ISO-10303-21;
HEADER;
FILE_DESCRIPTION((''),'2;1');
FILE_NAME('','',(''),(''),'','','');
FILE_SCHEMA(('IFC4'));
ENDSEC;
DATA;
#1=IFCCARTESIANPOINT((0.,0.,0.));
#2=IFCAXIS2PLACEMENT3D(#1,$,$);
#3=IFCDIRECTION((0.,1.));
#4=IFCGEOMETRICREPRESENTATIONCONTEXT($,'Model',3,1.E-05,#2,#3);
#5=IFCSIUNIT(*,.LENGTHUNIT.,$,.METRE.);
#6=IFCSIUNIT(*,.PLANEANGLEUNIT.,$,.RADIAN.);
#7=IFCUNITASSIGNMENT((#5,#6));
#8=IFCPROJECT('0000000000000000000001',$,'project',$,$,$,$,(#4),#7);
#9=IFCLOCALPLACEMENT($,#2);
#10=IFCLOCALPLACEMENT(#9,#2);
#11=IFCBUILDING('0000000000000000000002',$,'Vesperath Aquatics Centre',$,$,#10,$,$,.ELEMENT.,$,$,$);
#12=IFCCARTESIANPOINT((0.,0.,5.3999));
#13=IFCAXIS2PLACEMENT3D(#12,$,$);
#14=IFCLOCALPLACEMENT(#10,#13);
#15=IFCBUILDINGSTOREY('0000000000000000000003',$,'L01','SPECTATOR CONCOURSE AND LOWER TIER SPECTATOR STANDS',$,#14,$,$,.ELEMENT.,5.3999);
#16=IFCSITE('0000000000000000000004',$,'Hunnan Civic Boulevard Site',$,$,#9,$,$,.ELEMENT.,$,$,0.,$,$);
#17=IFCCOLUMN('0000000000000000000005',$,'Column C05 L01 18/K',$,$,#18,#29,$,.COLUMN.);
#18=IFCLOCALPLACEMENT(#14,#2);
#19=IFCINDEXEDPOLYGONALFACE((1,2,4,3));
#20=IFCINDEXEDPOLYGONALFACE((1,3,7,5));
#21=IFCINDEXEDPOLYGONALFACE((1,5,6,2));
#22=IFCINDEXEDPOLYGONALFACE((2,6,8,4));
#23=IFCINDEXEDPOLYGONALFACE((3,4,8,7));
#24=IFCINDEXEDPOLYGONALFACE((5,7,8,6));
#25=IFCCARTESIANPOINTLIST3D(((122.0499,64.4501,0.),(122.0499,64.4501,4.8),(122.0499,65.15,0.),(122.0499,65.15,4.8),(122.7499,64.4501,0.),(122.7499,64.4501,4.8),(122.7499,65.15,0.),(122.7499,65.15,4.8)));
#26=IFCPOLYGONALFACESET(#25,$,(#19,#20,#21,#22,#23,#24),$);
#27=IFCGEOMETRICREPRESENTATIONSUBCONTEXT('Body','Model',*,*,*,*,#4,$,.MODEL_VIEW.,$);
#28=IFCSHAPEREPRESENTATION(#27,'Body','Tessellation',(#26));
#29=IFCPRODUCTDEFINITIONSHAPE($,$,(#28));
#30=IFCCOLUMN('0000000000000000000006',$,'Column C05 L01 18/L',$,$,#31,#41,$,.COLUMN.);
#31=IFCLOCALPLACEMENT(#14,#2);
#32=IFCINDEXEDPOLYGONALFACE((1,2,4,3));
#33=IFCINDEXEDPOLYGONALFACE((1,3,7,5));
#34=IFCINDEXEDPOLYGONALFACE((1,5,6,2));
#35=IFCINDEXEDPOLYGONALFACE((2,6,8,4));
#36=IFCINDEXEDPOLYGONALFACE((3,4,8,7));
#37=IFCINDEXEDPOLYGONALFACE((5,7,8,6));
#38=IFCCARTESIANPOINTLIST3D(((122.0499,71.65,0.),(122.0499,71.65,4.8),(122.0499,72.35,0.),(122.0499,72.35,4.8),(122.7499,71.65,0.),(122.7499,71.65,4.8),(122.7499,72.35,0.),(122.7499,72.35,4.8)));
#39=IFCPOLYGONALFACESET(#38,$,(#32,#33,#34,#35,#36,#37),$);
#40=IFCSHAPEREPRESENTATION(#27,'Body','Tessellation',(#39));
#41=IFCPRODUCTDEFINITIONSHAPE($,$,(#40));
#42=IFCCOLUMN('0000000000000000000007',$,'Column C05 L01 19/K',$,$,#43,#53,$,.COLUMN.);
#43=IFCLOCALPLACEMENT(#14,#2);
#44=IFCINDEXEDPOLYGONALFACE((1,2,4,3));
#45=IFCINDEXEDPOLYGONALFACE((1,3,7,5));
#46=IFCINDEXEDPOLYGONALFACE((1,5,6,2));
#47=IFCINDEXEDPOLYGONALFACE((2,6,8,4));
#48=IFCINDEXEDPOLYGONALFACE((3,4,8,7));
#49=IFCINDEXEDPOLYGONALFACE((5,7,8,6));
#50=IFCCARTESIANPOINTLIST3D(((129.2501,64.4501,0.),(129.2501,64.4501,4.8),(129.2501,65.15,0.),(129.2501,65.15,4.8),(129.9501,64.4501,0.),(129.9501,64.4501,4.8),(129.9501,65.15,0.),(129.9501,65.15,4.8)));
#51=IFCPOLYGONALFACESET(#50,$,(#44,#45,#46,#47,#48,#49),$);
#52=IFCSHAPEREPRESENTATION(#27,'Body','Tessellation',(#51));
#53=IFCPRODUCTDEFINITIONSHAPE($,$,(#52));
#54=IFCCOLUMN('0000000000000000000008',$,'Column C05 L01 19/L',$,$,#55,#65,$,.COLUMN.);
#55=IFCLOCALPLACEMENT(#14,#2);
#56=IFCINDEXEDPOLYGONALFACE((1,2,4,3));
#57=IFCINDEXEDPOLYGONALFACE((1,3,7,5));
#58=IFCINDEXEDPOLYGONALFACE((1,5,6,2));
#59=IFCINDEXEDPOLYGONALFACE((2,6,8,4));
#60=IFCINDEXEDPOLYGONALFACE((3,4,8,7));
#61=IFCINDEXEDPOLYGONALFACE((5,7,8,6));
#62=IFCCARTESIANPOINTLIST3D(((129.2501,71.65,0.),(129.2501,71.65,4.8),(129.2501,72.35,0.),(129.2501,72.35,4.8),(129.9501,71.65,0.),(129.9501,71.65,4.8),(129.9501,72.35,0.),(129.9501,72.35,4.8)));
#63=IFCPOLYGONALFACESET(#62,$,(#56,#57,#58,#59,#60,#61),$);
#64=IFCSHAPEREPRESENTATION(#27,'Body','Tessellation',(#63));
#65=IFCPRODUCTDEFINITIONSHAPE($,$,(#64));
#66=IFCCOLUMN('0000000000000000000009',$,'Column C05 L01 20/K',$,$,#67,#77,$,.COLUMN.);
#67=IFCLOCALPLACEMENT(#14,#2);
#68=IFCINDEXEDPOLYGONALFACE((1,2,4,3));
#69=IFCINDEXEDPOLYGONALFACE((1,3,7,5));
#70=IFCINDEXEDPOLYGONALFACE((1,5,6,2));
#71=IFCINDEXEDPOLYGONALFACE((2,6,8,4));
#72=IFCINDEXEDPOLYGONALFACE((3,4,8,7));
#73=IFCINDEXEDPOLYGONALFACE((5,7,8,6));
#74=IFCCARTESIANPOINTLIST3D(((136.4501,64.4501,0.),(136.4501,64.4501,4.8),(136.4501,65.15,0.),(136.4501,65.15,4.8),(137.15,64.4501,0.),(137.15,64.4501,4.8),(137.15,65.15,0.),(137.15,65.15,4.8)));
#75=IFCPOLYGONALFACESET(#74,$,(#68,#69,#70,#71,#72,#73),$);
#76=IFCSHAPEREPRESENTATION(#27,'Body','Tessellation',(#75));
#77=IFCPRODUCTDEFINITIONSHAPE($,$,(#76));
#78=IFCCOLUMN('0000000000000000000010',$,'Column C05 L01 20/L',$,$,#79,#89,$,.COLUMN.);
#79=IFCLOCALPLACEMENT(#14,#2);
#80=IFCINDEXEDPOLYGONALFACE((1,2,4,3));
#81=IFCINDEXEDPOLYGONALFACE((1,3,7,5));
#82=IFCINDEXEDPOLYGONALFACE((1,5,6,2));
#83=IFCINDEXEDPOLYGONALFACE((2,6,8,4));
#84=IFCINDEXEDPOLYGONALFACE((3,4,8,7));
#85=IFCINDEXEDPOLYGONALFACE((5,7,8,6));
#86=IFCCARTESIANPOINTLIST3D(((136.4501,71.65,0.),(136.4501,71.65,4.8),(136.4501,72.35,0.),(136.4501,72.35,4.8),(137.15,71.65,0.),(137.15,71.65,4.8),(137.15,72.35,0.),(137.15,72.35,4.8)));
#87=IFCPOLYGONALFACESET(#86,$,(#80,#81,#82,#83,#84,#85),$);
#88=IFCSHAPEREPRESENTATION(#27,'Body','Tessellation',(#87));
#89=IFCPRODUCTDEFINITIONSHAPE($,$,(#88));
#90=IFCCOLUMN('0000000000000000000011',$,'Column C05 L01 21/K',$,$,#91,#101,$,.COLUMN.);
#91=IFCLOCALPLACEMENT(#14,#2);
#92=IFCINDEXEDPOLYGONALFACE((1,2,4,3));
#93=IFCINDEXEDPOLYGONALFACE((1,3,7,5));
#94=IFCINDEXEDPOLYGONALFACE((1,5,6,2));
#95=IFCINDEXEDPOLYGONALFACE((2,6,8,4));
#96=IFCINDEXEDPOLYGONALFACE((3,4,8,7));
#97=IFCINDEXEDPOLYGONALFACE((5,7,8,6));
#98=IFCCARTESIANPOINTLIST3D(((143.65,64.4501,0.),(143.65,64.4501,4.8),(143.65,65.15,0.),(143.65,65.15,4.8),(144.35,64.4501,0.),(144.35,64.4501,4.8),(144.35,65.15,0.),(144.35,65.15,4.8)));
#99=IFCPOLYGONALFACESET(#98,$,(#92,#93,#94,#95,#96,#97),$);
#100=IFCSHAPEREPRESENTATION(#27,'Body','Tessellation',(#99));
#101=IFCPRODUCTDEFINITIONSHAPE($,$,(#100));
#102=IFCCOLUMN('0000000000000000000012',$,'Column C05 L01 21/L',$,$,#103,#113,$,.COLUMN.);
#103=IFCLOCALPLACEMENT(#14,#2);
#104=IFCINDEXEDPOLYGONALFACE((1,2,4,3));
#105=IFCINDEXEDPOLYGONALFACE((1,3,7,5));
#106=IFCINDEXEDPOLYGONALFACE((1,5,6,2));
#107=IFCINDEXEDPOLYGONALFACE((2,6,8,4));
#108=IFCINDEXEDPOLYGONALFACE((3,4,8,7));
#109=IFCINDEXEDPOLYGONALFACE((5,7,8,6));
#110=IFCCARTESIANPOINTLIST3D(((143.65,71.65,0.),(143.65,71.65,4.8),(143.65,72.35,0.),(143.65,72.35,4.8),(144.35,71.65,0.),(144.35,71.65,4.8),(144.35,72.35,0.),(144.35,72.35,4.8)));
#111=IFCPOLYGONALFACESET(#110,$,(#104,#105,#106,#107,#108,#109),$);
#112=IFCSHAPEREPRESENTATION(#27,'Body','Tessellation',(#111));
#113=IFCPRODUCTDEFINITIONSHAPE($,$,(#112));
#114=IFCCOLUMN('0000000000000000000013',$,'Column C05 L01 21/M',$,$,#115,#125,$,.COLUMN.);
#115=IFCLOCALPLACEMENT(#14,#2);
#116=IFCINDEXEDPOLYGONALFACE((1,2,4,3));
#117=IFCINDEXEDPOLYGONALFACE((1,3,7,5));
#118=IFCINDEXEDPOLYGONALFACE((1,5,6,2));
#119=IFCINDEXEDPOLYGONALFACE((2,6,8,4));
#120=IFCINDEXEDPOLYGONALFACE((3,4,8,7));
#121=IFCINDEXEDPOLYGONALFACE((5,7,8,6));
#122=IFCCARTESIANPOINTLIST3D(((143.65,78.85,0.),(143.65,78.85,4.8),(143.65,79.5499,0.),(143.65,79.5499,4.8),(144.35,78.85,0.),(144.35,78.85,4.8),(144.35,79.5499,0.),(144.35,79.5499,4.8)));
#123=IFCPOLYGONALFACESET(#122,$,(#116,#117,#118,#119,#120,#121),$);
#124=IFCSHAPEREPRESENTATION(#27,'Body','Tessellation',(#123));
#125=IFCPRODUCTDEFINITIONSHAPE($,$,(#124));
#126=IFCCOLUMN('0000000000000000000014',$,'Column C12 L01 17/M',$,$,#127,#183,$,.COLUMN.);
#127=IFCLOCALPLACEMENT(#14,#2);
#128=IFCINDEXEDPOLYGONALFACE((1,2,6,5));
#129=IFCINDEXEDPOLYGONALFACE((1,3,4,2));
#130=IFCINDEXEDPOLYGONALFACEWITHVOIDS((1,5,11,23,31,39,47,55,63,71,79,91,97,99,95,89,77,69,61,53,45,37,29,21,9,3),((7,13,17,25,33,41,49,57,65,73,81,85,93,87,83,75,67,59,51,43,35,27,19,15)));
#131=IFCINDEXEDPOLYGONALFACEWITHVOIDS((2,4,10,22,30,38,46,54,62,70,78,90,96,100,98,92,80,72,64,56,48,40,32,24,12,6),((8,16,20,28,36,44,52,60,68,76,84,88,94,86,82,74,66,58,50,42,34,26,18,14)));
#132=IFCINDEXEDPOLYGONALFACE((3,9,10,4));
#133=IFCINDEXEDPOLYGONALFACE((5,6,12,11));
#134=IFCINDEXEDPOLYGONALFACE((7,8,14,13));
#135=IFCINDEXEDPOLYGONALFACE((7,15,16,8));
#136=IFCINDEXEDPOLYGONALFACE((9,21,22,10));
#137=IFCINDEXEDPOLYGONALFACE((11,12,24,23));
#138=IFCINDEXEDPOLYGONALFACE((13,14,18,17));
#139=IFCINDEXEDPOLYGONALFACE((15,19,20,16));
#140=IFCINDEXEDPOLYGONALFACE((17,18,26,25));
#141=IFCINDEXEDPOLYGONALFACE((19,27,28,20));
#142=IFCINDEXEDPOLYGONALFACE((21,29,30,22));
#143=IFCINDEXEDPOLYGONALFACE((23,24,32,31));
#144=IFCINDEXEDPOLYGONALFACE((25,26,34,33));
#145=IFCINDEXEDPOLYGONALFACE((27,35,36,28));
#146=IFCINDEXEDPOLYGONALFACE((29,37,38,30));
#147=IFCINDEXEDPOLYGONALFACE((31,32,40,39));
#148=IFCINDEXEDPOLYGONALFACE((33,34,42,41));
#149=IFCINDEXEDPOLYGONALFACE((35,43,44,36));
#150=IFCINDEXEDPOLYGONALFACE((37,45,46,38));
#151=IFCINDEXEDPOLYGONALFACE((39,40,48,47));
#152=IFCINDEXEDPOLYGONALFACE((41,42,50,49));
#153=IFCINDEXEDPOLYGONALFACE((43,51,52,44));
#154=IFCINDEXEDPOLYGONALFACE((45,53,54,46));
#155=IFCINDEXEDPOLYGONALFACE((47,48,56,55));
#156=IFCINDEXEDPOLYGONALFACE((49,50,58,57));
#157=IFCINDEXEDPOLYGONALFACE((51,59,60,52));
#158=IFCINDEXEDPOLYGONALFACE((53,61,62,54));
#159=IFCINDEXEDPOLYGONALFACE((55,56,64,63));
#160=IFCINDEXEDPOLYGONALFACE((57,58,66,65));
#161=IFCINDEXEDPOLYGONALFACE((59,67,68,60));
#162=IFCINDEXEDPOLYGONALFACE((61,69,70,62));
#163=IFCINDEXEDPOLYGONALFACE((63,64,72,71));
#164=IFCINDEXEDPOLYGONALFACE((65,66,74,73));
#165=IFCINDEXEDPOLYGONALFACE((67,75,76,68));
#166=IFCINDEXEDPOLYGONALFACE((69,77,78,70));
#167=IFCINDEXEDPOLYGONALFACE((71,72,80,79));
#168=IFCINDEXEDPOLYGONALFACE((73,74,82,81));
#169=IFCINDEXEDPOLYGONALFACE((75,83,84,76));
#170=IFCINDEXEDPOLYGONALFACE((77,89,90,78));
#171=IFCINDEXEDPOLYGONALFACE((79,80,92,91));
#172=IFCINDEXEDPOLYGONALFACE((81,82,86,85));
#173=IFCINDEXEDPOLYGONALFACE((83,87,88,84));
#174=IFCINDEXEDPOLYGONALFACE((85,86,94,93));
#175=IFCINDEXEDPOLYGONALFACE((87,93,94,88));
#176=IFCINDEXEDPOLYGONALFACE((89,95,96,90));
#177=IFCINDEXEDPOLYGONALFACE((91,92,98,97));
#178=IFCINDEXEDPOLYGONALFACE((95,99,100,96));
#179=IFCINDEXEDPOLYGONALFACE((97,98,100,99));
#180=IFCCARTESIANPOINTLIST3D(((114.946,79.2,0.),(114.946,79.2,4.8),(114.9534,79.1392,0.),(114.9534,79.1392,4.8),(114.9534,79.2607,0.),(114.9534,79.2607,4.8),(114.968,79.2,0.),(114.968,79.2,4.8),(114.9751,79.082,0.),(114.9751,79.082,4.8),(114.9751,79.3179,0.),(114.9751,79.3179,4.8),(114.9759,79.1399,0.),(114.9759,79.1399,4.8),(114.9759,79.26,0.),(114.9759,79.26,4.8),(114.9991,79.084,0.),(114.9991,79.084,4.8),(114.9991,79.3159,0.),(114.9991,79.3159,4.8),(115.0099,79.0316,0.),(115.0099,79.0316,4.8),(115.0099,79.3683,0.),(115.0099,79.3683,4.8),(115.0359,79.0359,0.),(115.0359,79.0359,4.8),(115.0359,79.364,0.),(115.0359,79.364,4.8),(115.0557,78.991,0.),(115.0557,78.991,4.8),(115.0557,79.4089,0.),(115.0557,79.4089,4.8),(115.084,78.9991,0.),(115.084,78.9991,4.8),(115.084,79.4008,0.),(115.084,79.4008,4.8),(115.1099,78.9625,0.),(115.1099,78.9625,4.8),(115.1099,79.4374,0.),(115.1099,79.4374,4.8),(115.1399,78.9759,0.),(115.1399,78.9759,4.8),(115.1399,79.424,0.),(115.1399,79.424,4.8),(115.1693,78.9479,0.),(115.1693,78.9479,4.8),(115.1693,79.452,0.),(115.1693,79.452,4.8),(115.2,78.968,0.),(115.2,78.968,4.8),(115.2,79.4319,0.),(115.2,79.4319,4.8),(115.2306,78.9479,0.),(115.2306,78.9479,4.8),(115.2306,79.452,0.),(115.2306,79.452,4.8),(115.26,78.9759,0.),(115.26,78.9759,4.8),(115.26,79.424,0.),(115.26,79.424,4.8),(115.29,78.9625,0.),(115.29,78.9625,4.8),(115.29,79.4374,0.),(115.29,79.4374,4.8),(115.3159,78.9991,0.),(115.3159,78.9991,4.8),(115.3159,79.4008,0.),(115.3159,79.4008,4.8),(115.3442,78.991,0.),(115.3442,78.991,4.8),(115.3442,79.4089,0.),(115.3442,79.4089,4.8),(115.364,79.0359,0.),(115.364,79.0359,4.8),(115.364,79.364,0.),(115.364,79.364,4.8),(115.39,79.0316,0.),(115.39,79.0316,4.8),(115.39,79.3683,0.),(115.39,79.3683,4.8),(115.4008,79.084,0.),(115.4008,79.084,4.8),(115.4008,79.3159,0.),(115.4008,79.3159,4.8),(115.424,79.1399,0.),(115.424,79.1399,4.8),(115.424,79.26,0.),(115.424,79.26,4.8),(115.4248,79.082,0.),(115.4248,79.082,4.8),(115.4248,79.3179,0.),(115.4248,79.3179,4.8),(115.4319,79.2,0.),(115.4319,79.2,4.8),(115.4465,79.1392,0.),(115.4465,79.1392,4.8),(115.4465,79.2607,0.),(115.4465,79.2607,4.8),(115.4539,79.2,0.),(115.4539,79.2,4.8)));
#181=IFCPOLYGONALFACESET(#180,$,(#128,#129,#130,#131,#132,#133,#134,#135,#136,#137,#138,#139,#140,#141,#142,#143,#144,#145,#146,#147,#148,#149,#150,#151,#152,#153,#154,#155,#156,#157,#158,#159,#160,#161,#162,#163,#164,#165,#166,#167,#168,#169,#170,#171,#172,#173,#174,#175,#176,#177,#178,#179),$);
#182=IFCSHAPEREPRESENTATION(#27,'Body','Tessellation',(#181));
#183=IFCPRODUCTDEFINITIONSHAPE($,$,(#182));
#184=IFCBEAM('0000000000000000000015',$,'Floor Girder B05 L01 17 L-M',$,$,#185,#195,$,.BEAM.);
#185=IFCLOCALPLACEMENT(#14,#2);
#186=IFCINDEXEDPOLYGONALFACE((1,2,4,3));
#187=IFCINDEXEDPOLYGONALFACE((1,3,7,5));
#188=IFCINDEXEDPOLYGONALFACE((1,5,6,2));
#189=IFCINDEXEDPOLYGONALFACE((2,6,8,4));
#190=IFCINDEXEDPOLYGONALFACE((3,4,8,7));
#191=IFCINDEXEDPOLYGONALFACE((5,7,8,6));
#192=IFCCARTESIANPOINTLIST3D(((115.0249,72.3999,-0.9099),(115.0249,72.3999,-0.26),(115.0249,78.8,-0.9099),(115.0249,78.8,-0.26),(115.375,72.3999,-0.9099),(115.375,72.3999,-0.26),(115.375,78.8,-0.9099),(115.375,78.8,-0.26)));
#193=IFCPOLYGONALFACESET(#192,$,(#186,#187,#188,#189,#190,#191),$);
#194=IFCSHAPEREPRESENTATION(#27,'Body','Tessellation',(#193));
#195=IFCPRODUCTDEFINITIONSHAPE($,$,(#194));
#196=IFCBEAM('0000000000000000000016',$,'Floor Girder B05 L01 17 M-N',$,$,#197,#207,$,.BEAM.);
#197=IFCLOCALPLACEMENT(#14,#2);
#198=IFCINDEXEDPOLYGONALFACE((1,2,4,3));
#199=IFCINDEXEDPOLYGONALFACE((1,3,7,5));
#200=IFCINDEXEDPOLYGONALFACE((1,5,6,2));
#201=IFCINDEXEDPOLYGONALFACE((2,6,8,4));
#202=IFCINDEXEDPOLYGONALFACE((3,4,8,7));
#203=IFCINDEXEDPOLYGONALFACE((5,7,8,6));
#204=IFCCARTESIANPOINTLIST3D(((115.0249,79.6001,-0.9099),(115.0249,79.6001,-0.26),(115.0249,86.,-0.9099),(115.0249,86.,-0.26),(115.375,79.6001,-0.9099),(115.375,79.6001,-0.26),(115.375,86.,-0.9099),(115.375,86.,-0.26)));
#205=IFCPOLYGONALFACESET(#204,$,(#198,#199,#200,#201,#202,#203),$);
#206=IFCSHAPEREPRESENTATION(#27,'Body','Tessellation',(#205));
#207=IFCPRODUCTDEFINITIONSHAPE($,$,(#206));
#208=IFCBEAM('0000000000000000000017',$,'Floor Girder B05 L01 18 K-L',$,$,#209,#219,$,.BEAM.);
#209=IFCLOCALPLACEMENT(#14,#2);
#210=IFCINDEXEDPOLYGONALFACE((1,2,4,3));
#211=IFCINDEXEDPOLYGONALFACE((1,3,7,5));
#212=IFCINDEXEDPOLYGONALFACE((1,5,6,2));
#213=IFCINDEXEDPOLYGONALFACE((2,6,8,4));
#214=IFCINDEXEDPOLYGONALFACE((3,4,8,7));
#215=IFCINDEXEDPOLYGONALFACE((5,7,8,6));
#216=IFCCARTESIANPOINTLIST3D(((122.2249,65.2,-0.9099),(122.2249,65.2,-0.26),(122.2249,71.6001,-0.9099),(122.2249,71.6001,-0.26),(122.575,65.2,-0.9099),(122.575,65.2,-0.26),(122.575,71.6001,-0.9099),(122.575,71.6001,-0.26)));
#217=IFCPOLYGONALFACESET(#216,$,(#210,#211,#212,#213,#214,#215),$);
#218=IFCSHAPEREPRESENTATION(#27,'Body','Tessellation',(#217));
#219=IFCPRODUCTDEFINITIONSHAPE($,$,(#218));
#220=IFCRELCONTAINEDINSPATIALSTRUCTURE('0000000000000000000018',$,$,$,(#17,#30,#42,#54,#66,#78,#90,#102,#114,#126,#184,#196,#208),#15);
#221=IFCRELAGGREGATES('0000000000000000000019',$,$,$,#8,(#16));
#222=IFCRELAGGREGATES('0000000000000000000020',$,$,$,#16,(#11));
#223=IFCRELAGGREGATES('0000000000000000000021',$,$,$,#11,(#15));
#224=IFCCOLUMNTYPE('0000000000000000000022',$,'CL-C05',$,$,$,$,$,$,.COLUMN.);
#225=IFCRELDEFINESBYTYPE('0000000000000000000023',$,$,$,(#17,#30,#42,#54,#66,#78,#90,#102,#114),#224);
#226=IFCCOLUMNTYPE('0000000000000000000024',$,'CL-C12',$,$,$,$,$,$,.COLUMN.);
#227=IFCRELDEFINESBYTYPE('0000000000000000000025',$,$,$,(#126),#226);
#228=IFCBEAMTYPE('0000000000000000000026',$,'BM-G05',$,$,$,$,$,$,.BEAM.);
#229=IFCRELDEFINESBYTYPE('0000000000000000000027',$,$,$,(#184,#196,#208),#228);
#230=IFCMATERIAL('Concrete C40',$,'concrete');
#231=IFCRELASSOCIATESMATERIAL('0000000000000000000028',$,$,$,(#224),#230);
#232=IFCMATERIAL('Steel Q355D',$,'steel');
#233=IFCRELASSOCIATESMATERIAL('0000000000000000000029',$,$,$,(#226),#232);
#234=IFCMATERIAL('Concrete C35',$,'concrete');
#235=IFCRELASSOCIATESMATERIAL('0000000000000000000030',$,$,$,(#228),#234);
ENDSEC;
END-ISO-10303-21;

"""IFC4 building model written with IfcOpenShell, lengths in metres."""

from ifc_helpers import new_model, si_unit, direction, frame, origin, origin_2d, place, context, subcontext, project, spatial, rectangle, hollow_circle, extrude, material, material_profile, profile_set, type_object, element, save


model = new_model("IFC4")

# Units and contexts
model_context = context("Model", 3, precision=1e-05, world=origin(), true_north=direction((0.0, 1.0)))
body_context = subcontext(model_context, "Body", "Model", "MODEL_VIEW")
ifc_project = project(units=[si_unit("LENGTHUNIT", "METRE"), si_unit("PLANEANGLEUNIT", "RADIAN")], contexts=[model_context])

# Site, building, storey
site_placement = place(None, origin())
site = spatial("IfcSite", under=ifc_project, at=site_placement, Name="Hunnan Civic Boulevard Site", CompositionType="ELEMENT", RefElevation=0.0)
building_placement = place(site_placement, origin())
building = spatial("IfcBuilding", under=site, at=building_placement, Name="Vesperath Aquatics Centre", CompositionType="ELEMENT")
storey_placement = place(building_placement, frame((0.0, 0.0, 5.3999)))
storey = spatial("IfcBuildingStorey", under=building, at=storey_placement, Name="L01", Description="SPECTATOR CONCOURSE AND LOWER TIER SPECTATOR STANDS", CompositionType="ELEMENT", Elevation=5.3999)

# Columns
ifc_material_1 = material(Name="Concrete C40", Category="concrete")
ifc_material_profile_1 = material_profile(ifc_material_1, rectangle(XDim=0.7, YDim=0.7, at=origin_2d()), Name="RC 700x700")
ifc_profile_set_1 = profile_set([ifc_material_profile_1], Name="Concrete C40")
column_type_1 = type_object("IfcColumnType", Name="CL-C05", PredefinedType="COLUMN", material=ifc_profile_set_1)
for number, where, z_axis, x_axis, name in (
    (1, (122.3999, 64.8, 0.0), (0.0, 0.0, 1.0), (1.0, 0.0, 0.0), "Column C05 L01 18/K"),
    (2, (122.3999, 72.0, 0.0), (0.0, 0.0, 1.0), (1.0, 0.0, 0.0), "Column C05 L01 18/L"),
    (3, (129.6001, 64.8, 0.0), (0.0, 0.0, 1.0), (1.0, 0.0, 0.0), "Column C05 L01 19/K"),
    (4, (129.6001, 72.0, 0.0), (0.0, 0.0, 1.0), (1.0, 0.0, 0.0), "Column C05 L01 19/L"),
    (5, (136.8, 64.8, 0.0), (0.0, 0.0, 1.0), (1.0, 0.0, 0.0), "Column C05 L01 20/K"),
    (6, (136.8, 72.0, 0.0), (0.0, 0.0, 1.0), (1.0, 0.0, 0.0), "Column C05 L01 20/L"),
    (7, (144.0, 64.8, 0.0), (0.0, 0.0, 1.0), (1.0, 0.0, 0.0), "Column C05 L01 21/K"),
    (8, (144.0, 72.0, 0.0), (0.0, 0.0, 1.0), (1.0, 0.0, 0.0), "Column C05 L01 21/L"),
    (9, (144.0, 79.2, 0.0), (0.0, 0.0, 1.0), (1.0, 0.0, 0.0), "Column C05 L01 21/M"),
):
    element("IfcColumn", number, at=place(storey_placement, frame(where, z_axis=z_axis, x_axis=x_axis)), inside=storey, type_object=column_type_1, Name=name, PredefinedType="COLUMN", context=body_context, shape_type="SweptSolid", body=[
        extrude(rectangle(XDim=0.7, YDim=0.7, at=origin_2d()), origin(), (0.0, 0.0, 1.0), 4.8),
    ])
ifc_material_2 = material(Name="Steel Q355D", Category="steel")
ifc_material_profile_2 = material_profile(ifc_material_2, hollow_circle(Radius=0.2539, WallThickness=0.022, at=origin_2d()), Name="CHS 508.0x22")
ifc_profile_set_2 = profile_set([ifc_material_profile_2], Name="Steel Q355D")
column_type_2 = type_object("IfcColumnType", Name="CL-C12", PredefinedType="COLUMN", material=ifc_profile_set_2)
column_placement = place(storey_placement, frame((115.2, 79.2, 0.0), z_axis=(0.0, 0.0, 1.0), x_axis=(1.0, 0.0, 0.0)))
element("IfcColumn", 10, at=column_placement, inside=storey, type_object=column_type_2, Name="Column C12 L01 17/M", PredefinedType="COLUMN", context=body_context, shape_type="SweptSolid", body=[
    extrude(hollow_circle(Radius=0.2539, WallThickness=0.022, at=origin_2d()), origin(), (0.0, 0.0, 1.0), 4.8),
])

# Beams
ifc_material_3 = material(Name="Concrete C35", Category="concrete")
ifc_material_profile_3 = material_profile(ifc_material_3, rectangle(XDim=0.3501, YDim=0.6499, at=origin_2d()), Name="RC 350x650")
ifc_profile_set_3 = profile_set([ifc_material_profile_3], Name="Concrete C35")
beam_type_1 = type_object("IfcBeamType", Name="BM-G05", PredefinedType="BEAM", material=ifc_profile_set_3)
beam_1_placement = place(storey_placement, frame((115.2, 72.3999, -0.585), z_axis=(0.0, 1.0, 0.0), x_axis=(-1.0, 0.0, 0.0)))
element("IfcBeam", 11, at=beam_1_placement, inside=storey, type_object=beam_type_1, Name="Floor Girder B05 L01 17 L-M", PredefinedType="BEAM", context=body_context, shape_type="SweptSolid", body=[
    extrude(rectangle(XDim=0.3501, YDim=0.6499, at=origin_2d()), origin(), (0.0, 0.0, 1.0), 6.4001),
])
beam_2_placement = place(storey_placement, frame((115.2, 79.6001, -0.585), z_axis=(0.0, 1.0, 0.0), x_axis=(-1.0, 0.0, 0.0)))
element("IfcBeam", 12, at=beam_2_placement, inside=storey, type_object=beam_type_1, Name="Floor Girder B05 L01 17 M-N", PredefinedType="BEAM", context=body_context, shape_type="SweptSolid", body=[
    extrude(rectangle(XDim=0.3501, YDim=0.6499, at=origin_2d()), origin(), (0.0, 0.0, 1.0), 6.3999),
])
for number, where, z_axis, x_axis, name in (
    (13, (122.3999, 65.2, -0.585), (0.0, 1.0, 0.0), (-1.0, 0.0, 0.0), "Floor Girder B05 L01 18 K-L"),
):
    element("IfcBeam", number, at=place(storey_placement, frame(where, z_axis=z_axis, x_axis=x_axis)), inside=storey, type_object=beam_type_1, Name=name, PredefinedType="BEAM", context=body_context, shape_type="SweptSolid", body=[
        extrude(rectangle(XDim=0.3501, YDim=0.6499, at=origin_2d()), origin(), (0.0, 0.0, 1.0), 6.4001),
    ])

save(model, "model.ifc")
